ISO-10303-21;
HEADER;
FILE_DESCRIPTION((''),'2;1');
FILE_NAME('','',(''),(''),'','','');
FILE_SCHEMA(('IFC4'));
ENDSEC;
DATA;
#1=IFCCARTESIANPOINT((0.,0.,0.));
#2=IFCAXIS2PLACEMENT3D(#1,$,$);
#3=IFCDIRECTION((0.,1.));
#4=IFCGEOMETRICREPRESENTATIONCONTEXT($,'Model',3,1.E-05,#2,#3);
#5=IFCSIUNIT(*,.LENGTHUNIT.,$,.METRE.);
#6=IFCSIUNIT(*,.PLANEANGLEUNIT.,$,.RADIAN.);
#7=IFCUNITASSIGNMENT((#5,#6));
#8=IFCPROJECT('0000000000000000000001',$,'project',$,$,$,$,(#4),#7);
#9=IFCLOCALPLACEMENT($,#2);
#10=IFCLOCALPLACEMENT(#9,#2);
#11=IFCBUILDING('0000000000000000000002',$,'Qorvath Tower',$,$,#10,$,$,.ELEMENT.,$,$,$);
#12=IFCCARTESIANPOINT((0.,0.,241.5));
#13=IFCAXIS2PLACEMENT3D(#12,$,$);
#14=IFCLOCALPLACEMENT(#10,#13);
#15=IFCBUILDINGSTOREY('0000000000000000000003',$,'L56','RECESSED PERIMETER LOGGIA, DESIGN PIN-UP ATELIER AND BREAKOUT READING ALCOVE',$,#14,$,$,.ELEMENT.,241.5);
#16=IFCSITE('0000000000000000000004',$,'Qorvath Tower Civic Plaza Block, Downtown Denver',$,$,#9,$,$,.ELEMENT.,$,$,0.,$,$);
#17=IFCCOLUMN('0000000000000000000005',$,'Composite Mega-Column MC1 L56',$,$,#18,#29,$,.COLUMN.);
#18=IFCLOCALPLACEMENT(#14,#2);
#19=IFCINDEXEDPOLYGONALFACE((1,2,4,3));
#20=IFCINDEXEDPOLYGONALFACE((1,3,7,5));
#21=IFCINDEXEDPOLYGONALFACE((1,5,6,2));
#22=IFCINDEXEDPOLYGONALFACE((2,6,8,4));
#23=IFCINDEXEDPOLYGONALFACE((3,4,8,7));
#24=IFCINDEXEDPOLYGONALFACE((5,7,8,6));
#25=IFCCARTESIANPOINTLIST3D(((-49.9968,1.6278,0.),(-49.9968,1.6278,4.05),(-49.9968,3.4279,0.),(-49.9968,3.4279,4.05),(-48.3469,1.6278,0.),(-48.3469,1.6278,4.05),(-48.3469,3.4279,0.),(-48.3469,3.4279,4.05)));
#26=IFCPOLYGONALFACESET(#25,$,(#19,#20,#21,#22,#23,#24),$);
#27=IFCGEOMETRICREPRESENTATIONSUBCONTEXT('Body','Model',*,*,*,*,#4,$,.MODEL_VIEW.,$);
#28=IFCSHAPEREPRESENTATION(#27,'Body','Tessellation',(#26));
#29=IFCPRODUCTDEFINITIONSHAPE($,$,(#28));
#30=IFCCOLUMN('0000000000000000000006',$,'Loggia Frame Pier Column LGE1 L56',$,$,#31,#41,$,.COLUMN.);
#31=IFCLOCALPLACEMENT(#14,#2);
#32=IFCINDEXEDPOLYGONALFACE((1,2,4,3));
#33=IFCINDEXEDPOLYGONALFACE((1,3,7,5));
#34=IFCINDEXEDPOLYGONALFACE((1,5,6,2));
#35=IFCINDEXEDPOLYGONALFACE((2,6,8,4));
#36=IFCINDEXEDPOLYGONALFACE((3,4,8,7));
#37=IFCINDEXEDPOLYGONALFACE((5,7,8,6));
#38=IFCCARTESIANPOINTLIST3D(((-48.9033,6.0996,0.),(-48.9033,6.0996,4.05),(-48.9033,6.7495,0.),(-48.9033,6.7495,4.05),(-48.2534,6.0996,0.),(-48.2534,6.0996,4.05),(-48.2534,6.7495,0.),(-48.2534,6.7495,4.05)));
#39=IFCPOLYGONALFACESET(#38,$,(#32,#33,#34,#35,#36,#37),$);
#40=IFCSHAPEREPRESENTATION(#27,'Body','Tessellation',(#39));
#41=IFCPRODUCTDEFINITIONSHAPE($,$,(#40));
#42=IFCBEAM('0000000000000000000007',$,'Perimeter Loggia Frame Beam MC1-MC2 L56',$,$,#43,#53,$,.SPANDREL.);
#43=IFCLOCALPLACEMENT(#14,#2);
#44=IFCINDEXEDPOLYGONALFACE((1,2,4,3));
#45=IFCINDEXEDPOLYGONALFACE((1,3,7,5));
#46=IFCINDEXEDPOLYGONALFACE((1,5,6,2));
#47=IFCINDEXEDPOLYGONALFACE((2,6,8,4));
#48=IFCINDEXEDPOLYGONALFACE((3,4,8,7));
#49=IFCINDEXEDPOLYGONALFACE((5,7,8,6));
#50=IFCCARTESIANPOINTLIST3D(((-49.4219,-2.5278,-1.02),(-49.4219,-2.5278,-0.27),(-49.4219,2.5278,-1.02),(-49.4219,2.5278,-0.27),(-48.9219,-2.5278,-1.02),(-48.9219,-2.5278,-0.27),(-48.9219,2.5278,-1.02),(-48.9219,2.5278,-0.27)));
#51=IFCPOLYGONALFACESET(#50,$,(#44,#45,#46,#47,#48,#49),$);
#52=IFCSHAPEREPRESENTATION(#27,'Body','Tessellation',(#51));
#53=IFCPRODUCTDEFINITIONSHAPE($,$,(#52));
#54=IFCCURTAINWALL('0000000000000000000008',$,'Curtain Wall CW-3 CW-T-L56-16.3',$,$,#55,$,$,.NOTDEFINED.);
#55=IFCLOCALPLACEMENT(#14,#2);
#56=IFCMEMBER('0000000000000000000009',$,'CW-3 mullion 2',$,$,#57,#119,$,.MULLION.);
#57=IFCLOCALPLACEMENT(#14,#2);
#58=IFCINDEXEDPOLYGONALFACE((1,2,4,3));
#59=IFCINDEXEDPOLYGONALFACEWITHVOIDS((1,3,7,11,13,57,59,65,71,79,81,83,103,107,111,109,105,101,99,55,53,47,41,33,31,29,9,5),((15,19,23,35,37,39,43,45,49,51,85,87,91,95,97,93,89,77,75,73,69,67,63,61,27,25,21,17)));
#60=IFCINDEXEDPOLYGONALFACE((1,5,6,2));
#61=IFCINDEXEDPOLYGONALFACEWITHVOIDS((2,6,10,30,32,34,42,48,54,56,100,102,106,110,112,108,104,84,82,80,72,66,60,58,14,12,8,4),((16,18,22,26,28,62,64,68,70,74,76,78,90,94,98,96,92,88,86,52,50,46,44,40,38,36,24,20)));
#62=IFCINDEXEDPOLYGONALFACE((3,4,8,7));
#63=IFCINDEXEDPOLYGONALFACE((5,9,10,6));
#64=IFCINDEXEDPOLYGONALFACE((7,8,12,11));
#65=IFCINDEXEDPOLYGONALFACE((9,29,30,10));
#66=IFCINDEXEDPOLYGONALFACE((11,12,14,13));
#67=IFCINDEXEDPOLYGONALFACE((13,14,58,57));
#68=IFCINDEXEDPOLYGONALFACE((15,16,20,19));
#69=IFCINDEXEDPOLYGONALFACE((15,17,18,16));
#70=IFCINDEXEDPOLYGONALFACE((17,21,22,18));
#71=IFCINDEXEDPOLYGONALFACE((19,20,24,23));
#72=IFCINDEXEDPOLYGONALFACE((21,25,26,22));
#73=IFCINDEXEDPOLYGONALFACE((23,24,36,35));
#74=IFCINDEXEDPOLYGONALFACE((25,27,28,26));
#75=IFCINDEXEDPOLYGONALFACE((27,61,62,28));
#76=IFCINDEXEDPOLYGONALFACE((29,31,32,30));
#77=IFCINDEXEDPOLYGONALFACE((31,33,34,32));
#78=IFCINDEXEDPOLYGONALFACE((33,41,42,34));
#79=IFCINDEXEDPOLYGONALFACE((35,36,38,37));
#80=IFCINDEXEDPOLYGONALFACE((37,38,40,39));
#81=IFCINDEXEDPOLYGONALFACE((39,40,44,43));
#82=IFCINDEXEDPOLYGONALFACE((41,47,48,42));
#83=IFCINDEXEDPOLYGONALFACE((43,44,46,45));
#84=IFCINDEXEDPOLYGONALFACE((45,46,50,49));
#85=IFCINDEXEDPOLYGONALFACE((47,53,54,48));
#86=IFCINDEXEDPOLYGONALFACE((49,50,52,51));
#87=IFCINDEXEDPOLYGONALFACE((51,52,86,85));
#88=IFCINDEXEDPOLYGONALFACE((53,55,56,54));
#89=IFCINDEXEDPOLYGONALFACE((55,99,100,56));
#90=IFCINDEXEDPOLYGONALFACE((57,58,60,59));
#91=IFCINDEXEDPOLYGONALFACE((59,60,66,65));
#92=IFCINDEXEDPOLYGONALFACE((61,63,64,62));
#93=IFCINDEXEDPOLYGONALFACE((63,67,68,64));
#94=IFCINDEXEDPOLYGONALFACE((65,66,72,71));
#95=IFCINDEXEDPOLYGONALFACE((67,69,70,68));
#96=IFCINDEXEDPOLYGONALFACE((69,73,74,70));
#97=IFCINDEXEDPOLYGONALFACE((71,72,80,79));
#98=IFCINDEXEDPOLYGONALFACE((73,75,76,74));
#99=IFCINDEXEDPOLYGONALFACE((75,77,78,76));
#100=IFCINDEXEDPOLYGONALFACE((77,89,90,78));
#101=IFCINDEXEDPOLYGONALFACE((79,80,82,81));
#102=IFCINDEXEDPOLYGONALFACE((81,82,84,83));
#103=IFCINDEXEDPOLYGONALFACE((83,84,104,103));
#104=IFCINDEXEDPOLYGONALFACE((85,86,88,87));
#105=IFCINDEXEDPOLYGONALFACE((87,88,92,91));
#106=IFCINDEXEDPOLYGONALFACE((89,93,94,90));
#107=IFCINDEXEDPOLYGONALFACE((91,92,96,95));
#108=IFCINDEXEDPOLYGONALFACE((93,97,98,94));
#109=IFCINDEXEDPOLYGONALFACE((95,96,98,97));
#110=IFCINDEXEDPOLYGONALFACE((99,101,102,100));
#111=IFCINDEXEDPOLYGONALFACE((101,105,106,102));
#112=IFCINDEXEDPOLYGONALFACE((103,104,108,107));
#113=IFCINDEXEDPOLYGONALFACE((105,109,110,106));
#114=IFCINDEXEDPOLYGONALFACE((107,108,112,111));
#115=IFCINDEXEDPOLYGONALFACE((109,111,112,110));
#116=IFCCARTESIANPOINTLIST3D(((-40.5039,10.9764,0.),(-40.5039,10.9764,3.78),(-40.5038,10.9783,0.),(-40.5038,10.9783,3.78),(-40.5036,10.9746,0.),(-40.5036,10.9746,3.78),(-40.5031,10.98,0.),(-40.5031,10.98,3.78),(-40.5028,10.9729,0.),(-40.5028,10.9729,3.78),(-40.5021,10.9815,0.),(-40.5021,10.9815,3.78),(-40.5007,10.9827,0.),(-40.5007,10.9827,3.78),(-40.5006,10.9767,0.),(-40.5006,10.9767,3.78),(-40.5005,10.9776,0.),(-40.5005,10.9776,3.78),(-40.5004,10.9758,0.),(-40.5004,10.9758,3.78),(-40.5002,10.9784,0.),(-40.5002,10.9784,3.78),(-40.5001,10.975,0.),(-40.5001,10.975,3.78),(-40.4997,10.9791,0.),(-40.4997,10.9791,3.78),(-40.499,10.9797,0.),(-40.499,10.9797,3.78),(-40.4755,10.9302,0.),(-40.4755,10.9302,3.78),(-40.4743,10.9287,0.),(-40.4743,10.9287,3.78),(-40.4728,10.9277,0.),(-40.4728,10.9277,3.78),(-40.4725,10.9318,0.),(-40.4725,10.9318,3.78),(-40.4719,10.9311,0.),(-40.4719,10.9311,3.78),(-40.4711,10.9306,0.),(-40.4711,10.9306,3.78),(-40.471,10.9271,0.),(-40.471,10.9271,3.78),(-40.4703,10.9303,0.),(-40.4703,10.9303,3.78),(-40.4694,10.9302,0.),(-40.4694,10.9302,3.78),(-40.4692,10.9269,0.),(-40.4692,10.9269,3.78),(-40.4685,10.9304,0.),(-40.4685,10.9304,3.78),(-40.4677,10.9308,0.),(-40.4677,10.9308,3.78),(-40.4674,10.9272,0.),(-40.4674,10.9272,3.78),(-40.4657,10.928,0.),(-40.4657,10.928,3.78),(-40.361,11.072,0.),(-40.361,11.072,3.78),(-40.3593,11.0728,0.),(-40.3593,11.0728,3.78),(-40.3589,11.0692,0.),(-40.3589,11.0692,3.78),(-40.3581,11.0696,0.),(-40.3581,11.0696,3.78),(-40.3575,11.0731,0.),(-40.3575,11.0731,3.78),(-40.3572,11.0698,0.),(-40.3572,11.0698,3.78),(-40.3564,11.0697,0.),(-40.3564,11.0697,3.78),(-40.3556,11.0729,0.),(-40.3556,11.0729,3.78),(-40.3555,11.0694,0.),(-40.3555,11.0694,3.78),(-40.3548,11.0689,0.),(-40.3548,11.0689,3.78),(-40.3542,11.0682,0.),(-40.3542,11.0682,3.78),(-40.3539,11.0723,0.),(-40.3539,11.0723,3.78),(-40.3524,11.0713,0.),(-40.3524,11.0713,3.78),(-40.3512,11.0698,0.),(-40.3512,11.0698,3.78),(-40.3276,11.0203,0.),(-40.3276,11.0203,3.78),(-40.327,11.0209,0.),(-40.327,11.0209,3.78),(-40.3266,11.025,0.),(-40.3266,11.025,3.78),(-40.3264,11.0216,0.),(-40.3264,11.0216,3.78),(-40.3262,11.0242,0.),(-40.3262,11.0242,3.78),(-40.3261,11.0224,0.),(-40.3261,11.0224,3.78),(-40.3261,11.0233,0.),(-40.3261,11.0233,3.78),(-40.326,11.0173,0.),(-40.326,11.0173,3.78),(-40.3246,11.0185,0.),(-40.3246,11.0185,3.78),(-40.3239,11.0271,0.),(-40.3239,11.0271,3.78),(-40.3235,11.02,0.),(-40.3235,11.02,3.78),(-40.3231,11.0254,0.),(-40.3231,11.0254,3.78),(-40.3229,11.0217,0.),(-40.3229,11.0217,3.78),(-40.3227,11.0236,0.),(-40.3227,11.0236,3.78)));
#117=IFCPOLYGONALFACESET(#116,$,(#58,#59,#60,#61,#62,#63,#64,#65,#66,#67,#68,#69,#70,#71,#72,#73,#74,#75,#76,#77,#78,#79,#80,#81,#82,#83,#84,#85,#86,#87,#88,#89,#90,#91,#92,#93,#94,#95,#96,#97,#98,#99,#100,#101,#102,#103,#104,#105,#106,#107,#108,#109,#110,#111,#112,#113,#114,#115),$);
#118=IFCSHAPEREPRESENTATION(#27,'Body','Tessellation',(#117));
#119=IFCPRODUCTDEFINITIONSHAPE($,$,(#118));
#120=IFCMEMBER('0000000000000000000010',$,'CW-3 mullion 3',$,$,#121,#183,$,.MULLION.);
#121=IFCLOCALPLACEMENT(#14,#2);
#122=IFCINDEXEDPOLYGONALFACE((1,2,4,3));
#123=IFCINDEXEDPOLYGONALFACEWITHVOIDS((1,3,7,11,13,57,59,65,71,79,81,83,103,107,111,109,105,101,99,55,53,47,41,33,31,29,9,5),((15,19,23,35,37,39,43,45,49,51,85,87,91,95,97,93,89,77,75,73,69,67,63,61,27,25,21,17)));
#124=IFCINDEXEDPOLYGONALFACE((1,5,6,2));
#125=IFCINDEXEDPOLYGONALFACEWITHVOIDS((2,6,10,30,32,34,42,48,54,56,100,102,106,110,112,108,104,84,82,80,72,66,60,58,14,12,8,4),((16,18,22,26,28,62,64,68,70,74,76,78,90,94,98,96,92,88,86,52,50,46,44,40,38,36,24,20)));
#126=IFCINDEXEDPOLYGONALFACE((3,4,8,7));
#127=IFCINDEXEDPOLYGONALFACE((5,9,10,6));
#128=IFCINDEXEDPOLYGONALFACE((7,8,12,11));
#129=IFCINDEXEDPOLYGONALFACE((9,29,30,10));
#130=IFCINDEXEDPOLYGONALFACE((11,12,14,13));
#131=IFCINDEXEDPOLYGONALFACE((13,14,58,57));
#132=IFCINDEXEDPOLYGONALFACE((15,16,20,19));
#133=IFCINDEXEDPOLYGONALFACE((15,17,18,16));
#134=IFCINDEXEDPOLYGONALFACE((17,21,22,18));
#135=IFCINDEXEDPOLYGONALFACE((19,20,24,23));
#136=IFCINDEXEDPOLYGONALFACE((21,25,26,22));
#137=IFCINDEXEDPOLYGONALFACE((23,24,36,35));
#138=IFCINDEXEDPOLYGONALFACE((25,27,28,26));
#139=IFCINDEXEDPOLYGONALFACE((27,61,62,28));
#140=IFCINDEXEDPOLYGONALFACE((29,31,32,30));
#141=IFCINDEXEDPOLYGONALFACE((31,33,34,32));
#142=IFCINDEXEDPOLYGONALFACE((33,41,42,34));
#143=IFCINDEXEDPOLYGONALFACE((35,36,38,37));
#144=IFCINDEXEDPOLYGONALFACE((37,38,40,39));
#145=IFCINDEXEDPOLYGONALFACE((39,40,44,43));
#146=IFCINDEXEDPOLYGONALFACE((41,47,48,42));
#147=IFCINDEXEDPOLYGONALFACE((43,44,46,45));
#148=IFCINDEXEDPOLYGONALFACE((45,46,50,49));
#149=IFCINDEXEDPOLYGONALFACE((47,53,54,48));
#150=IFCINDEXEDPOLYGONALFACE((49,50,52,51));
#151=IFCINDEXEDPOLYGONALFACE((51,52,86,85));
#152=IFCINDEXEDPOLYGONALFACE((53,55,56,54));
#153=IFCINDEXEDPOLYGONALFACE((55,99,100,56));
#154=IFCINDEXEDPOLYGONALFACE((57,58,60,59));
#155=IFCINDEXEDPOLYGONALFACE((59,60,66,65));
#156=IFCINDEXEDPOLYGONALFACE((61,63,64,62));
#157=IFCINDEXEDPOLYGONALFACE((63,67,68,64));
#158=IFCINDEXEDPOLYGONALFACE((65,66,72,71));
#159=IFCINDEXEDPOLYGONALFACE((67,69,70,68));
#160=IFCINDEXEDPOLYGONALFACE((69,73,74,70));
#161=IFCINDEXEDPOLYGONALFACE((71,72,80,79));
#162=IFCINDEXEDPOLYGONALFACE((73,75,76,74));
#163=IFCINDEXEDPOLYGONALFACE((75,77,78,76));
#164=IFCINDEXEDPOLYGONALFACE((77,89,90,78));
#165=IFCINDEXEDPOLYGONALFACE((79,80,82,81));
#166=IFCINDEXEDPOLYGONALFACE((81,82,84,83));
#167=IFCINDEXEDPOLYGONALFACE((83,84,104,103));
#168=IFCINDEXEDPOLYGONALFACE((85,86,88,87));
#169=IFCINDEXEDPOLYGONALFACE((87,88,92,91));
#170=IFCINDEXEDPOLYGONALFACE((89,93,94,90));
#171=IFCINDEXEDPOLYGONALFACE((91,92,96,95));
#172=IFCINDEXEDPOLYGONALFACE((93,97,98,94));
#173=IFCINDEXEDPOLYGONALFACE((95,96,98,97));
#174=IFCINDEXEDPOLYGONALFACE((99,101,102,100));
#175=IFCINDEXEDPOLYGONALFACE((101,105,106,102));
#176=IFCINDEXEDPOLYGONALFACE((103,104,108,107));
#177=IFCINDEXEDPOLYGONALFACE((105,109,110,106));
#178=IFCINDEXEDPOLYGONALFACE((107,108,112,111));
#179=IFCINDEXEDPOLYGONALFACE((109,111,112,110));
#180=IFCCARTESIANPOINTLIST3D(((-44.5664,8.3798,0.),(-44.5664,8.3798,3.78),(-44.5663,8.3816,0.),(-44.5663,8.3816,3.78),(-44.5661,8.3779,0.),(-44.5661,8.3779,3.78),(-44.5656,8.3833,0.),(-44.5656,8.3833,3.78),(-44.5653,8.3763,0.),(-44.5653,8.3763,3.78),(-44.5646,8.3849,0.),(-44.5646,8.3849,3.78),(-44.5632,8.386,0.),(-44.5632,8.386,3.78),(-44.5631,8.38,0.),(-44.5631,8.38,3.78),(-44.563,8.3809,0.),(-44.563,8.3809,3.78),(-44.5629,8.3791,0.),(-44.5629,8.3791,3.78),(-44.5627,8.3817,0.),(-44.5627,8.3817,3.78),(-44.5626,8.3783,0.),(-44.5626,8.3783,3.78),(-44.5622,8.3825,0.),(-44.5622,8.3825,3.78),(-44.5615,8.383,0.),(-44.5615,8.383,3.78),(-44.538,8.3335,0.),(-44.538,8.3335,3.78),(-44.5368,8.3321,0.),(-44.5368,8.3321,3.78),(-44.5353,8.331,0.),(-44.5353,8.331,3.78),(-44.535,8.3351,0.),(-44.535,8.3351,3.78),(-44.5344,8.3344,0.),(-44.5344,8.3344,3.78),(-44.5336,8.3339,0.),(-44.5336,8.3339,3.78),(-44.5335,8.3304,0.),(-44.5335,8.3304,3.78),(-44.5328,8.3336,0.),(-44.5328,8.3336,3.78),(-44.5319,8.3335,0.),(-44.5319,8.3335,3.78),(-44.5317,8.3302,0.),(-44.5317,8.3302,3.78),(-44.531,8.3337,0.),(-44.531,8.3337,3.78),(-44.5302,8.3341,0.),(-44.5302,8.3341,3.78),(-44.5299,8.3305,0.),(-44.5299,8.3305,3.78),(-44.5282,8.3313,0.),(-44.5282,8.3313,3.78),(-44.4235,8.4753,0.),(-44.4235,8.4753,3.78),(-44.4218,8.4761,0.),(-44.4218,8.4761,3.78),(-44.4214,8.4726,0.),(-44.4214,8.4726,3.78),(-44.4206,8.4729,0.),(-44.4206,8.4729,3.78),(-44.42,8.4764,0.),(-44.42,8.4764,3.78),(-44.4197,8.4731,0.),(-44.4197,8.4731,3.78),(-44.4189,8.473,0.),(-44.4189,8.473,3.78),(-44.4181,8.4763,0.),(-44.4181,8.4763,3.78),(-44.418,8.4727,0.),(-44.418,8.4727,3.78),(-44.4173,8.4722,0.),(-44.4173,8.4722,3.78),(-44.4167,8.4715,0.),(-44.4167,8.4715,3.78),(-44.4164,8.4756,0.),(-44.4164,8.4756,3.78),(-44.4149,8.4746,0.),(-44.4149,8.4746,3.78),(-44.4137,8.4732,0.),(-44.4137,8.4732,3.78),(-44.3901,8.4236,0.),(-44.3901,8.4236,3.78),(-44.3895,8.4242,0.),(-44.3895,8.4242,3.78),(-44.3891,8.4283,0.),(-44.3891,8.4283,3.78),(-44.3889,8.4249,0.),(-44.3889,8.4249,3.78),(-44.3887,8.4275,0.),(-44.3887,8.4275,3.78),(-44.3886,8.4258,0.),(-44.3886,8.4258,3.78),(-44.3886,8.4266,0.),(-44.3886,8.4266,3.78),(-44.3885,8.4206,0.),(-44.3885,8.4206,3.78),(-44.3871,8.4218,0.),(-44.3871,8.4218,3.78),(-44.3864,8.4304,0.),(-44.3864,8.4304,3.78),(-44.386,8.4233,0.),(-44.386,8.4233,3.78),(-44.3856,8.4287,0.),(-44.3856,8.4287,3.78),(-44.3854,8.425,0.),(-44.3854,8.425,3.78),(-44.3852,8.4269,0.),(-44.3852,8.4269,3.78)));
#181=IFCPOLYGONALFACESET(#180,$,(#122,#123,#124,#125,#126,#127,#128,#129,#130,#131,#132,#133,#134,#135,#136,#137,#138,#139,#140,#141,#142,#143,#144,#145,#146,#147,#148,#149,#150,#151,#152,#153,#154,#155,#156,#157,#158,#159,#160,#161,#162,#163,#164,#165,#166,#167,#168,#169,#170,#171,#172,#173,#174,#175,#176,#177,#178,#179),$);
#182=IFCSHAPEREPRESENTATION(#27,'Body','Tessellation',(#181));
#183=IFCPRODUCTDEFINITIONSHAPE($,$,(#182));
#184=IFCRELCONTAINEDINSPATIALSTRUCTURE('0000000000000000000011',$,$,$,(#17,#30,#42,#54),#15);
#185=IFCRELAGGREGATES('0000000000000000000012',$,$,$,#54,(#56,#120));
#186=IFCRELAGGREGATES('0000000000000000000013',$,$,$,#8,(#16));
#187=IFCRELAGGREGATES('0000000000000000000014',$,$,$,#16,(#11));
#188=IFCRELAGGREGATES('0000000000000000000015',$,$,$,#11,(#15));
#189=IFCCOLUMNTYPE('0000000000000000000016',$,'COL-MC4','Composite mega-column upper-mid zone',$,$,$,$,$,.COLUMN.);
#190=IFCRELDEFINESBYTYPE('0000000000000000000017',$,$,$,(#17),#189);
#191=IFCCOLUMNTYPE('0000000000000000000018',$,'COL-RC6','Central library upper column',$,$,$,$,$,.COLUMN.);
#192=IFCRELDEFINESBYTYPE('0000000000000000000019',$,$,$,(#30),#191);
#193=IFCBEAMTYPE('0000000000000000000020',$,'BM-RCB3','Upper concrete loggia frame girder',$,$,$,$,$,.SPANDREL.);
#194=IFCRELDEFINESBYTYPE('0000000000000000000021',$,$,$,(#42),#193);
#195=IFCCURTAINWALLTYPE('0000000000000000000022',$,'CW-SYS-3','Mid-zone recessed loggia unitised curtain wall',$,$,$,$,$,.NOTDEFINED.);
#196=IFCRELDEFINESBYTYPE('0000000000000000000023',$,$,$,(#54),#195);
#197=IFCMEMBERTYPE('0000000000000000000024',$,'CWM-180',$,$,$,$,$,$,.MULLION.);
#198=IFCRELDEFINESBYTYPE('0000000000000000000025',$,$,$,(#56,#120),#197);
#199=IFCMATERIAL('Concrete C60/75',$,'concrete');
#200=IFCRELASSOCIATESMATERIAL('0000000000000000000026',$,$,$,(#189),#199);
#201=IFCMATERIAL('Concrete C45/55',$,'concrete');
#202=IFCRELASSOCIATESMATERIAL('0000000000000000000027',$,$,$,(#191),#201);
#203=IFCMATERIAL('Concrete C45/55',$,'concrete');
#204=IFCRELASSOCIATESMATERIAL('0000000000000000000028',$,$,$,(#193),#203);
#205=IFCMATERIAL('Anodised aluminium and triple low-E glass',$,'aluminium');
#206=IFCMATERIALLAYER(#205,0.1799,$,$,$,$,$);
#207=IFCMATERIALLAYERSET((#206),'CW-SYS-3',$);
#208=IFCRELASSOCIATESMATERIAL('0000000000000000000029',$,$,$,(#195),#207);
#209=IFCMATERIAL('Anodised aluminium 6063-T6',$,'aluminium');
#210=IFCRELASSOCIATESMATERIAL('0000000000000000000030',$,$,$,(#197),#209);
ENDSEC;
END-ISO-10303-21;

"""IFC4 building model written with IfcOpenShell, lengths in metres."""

from ifc_helpers import new_model, si_unit, direction, frame, origin, origin_2d, place, context, subcontext, project, spatial, rectangle, hollow_rectangle, extrude, material, layer, layer_set, material_profile, profile_set, type_object, element, aggregate, save


model = new_model("IFC4")

# Units and contexts
model_context = context("Model", 3, precision=1e-05, world=origin(), true_north=direction((0.0, 1.0)))
body_context = subcontext(model_context, "Body", "Model", "MODEL_VIEW")
ifc_project = project(units=[si_unit("LENGTHUNIT", "METRE"), si_unit("PLANEANGLEUNIT", "RADIAN")], contexts=[model_context])

# Site, building, storey
site_placement = place(None, origin())
site = spatial("IfcSite", under=ifc_project, at=site_placement, Name="Qorvath Tower Civic Plaza Block, Downtown Denver", CompositionType="ELEMENT", RefElevation=0.0)
building_placement = place(site_placement, origin())
building = spatial("IfcBuilding", under=site, at=building_placement, Name="Qorvath Tower", CompositionType="ELEMENT")
storey_placement = place(building_placement, frame((0.0, 0.0, 241.5)))
storey = spatial("IfcBuildingStorey", under=building, at=storey_placement, Name="L56", Description="RECESSED PERIMETER LOGGIA, DESIGN PIN-UP ATELIER AND BREAKOUT READING ALCOVE", CompositionType="ELEMENT", Elevation=241.5)

# Columns
ifc_material_1 = material(Name="Concrete C60/75", Category="concrete")
ifc_material_profile_1 = material_profile(ifc_material_1, rectangle(XDim=1.6499, YDim=1.8, at=origin_2d()), Name="MC 1800x1650")
ifc_profile_set_1 = profile_set([ifc_material_profile_1], Name="Concrete C60/75")
column_type_1 = type_object("IfcColumnType", Name="COL-MC4", Description="Composite mega-column upper-mid zone", PredefinedType="COLUMN", material=ifc_profile_set_1)
column_1_placement = place(storey_placement, frame((-49.1719, 2.5278, 0.0), z_axis=(0.0, 0.0, 1.0), x_axis=(1.0, 0.0, 0.0)))
element("IfcColumn", 1, at=column_1_placement, inside=storey, type_object=column_type_1, Name="Composite Mega-Column MC1 L56", PredefinedType="COLUMN", context=body_context, shape_type="SweptSolid", body=[
    extrude(rectangle(XDim=1.6499, YDim=1.8, at=origin_2d()), origin(), (0.0, 0.0, 1.0), 4.05),
])
ifc_material_2 = material(Name="Concrete C45/55", Category="concrete")
ifc_material_profile_2 = material_profile(ifc_material_2, rectangle(XDim=0.6499, YDim=0.6499, at=origin_2d()), Name="RC 650x650")
ifc_profile_set_2 = profile_set([ifc_material_profile_2], Name="Concrete C45/55")
column_type_2 = type_object("IfcColumnType", Name="COL-RC6", Description="Central library upper column", PredefinedType="COLUMN", material=ifc_profile_set_2)
column_2_placement = place(storey_placement, frame((-48.5784, 6.4246, 0.0), z_axis=(0.0, 0.0, 1.0), x_axis=(1.0, 0.0, 0.0)))
element("IfcColumn", 2, at=column_2_placement, inside=storey, type_object=column_type_2, Name="Loggia Frame Pier Column LGE1 L56", PredefinedType="COLUMN", context=body_context, shape_type="SweptSolid", body=[
    extrude(rectangle(XDim=0.6499, YDim=0.6499, at=origin_2d()), origin(), (0.0, 0.0, 1.0), 4.05),
])

# Beam
ifc_material_3 = material(Name="Concrete C45/55", Category="concrete")
ifc_material_profile_3 = material_profile(ifc_material_3, rectangle(XDim=0.5, YDim=0.75, at=origin_2d()), Name="RCB 750x500")
ifc_profile_set_3 = profile_set([ifc_material_profile_3], Name="Concrete C45/55")
beam_type = type_object("IfcBeamType", Name="BM-RCB3", Description="Upper concrete loggia frame girder", PredefinedType="SPANDREL", material=ifc_profile_set_3)
beam_placement = place(storey_placement, frame((-49.1719, 2.5278, -0.645), z_axis=(0.0, -1.0, 0.0), x_axis=(1.0, 0.0, 0.0)))
element("IfcBeam", 3, at=beam_placement, inside=storey, type_object=beam_type, Name="Perimeter Loggia Frame Beam MC1-MC2 L56", PredefinedType="SPANDREL", context=body_context, shape_type="SweptSolid", body=[
    extrude(rectangle(XDim=0.5, YDim=0.75, at=origin_2d()), origin(), (0.0, 0.0, 1.0), 5.0557),
])

# Curtain wall, members
ifc_material_4 = material(Name="Anodised aluminium and triple low-E glass", Category="aluminium")
ifc_layer_1 = layer(ifc_material_4, 0.1799)
ifc_layer_set_1 = layer_set([ifc_layer_1], Name="CW-SYS-3")
curtain_wall_type = type_object("IfcCurtainWallType", Name="CW-SYS-3", Description="Mid-zone recessed loggia unitised curtain wall", PredefinedType="NOTDEFINED", material=ifc_layer_set_1)
curtain_wall_placement = place(storey_placement, origin())
curtain_wall = element("IfcCurtainWall", 4, at=curtain_wall_placement, inside=storey, type_object=curtain_wall_type, Name="Curtain Wall CW-3 CW-T-L56-16.3", PredefinedType="NOTDEFINED")
ifc_material_5 = material(Name="Anodised aluminium 6063-T6", Category="aluminium")
ifc_material_profile_4 = material_profile(ifc_material_5, hollow_rectangle(XDim=0.0649, YDim=0.1799, WallThickness=0.0034, InnerFilletRadius=0.0034, OuterFilletRadius=0.0071, at=origin_2d()), Name="CWM 180x65")
ifc_profile_set_4 = profile_set([ifc_material_profile_4], Name="Anodised aluminium 6063-T6")
member_type_1 = type_object("IfcMemberType", Name="CWM-180", PredefinedType="MULLION", material=ifc_profile_set_4)
member_1_placement = place(storey_placement, frame((-40.4133, 11.0, 0.0), z_axis=(0.0, 0.0, 1.0), x_axis=(0.538527, -0.842608, 0.0)))
member_1 = element("IfcMember", 5, at=member_1_placement, type_object=member_type_1, Name="CW-3 mullion 2", PredefinedType="MULLION", context=body_context, shape_type="SweptSolid", body=[
    extrude(hollow_rectangle(XDim=0.0649, YDim=0.1799, WallThickness=0.0034, InnerFilletRadius=0.0034, OuterFilletRadius=0.0071, at=origin_2d()), origin(), (0.0, 0.0, 1.0), 3.78),
])
member_2_placement = place(storey_placement, frame((-44.4758, 8.4033, 0.0), z_axis=(0.0, 0.0, 1.0), x_axis=(0.538527, -0.842608, 0.0)))
member_2 = element("IfcMember", 6, at=member_2_placement, type_object=member_type_1, Name="CW-3 mullion 3", PredefinedType="MULLION", context=body_context, shape_type="SweptSolid", body=[
    extrude(hollow_rectangle(XDim=0.0649, YDim=0.1799, WallThickness=0.0034, InnerFilletRadius=0.0034, OuterFilletRadius=0.0071, at=origin_2d()), origin(), (0.0, 0.0, 1.0), 3.78),
])
aggregate(curtain_wall, [member_1, member_2])

save(model, "model.ifc")
